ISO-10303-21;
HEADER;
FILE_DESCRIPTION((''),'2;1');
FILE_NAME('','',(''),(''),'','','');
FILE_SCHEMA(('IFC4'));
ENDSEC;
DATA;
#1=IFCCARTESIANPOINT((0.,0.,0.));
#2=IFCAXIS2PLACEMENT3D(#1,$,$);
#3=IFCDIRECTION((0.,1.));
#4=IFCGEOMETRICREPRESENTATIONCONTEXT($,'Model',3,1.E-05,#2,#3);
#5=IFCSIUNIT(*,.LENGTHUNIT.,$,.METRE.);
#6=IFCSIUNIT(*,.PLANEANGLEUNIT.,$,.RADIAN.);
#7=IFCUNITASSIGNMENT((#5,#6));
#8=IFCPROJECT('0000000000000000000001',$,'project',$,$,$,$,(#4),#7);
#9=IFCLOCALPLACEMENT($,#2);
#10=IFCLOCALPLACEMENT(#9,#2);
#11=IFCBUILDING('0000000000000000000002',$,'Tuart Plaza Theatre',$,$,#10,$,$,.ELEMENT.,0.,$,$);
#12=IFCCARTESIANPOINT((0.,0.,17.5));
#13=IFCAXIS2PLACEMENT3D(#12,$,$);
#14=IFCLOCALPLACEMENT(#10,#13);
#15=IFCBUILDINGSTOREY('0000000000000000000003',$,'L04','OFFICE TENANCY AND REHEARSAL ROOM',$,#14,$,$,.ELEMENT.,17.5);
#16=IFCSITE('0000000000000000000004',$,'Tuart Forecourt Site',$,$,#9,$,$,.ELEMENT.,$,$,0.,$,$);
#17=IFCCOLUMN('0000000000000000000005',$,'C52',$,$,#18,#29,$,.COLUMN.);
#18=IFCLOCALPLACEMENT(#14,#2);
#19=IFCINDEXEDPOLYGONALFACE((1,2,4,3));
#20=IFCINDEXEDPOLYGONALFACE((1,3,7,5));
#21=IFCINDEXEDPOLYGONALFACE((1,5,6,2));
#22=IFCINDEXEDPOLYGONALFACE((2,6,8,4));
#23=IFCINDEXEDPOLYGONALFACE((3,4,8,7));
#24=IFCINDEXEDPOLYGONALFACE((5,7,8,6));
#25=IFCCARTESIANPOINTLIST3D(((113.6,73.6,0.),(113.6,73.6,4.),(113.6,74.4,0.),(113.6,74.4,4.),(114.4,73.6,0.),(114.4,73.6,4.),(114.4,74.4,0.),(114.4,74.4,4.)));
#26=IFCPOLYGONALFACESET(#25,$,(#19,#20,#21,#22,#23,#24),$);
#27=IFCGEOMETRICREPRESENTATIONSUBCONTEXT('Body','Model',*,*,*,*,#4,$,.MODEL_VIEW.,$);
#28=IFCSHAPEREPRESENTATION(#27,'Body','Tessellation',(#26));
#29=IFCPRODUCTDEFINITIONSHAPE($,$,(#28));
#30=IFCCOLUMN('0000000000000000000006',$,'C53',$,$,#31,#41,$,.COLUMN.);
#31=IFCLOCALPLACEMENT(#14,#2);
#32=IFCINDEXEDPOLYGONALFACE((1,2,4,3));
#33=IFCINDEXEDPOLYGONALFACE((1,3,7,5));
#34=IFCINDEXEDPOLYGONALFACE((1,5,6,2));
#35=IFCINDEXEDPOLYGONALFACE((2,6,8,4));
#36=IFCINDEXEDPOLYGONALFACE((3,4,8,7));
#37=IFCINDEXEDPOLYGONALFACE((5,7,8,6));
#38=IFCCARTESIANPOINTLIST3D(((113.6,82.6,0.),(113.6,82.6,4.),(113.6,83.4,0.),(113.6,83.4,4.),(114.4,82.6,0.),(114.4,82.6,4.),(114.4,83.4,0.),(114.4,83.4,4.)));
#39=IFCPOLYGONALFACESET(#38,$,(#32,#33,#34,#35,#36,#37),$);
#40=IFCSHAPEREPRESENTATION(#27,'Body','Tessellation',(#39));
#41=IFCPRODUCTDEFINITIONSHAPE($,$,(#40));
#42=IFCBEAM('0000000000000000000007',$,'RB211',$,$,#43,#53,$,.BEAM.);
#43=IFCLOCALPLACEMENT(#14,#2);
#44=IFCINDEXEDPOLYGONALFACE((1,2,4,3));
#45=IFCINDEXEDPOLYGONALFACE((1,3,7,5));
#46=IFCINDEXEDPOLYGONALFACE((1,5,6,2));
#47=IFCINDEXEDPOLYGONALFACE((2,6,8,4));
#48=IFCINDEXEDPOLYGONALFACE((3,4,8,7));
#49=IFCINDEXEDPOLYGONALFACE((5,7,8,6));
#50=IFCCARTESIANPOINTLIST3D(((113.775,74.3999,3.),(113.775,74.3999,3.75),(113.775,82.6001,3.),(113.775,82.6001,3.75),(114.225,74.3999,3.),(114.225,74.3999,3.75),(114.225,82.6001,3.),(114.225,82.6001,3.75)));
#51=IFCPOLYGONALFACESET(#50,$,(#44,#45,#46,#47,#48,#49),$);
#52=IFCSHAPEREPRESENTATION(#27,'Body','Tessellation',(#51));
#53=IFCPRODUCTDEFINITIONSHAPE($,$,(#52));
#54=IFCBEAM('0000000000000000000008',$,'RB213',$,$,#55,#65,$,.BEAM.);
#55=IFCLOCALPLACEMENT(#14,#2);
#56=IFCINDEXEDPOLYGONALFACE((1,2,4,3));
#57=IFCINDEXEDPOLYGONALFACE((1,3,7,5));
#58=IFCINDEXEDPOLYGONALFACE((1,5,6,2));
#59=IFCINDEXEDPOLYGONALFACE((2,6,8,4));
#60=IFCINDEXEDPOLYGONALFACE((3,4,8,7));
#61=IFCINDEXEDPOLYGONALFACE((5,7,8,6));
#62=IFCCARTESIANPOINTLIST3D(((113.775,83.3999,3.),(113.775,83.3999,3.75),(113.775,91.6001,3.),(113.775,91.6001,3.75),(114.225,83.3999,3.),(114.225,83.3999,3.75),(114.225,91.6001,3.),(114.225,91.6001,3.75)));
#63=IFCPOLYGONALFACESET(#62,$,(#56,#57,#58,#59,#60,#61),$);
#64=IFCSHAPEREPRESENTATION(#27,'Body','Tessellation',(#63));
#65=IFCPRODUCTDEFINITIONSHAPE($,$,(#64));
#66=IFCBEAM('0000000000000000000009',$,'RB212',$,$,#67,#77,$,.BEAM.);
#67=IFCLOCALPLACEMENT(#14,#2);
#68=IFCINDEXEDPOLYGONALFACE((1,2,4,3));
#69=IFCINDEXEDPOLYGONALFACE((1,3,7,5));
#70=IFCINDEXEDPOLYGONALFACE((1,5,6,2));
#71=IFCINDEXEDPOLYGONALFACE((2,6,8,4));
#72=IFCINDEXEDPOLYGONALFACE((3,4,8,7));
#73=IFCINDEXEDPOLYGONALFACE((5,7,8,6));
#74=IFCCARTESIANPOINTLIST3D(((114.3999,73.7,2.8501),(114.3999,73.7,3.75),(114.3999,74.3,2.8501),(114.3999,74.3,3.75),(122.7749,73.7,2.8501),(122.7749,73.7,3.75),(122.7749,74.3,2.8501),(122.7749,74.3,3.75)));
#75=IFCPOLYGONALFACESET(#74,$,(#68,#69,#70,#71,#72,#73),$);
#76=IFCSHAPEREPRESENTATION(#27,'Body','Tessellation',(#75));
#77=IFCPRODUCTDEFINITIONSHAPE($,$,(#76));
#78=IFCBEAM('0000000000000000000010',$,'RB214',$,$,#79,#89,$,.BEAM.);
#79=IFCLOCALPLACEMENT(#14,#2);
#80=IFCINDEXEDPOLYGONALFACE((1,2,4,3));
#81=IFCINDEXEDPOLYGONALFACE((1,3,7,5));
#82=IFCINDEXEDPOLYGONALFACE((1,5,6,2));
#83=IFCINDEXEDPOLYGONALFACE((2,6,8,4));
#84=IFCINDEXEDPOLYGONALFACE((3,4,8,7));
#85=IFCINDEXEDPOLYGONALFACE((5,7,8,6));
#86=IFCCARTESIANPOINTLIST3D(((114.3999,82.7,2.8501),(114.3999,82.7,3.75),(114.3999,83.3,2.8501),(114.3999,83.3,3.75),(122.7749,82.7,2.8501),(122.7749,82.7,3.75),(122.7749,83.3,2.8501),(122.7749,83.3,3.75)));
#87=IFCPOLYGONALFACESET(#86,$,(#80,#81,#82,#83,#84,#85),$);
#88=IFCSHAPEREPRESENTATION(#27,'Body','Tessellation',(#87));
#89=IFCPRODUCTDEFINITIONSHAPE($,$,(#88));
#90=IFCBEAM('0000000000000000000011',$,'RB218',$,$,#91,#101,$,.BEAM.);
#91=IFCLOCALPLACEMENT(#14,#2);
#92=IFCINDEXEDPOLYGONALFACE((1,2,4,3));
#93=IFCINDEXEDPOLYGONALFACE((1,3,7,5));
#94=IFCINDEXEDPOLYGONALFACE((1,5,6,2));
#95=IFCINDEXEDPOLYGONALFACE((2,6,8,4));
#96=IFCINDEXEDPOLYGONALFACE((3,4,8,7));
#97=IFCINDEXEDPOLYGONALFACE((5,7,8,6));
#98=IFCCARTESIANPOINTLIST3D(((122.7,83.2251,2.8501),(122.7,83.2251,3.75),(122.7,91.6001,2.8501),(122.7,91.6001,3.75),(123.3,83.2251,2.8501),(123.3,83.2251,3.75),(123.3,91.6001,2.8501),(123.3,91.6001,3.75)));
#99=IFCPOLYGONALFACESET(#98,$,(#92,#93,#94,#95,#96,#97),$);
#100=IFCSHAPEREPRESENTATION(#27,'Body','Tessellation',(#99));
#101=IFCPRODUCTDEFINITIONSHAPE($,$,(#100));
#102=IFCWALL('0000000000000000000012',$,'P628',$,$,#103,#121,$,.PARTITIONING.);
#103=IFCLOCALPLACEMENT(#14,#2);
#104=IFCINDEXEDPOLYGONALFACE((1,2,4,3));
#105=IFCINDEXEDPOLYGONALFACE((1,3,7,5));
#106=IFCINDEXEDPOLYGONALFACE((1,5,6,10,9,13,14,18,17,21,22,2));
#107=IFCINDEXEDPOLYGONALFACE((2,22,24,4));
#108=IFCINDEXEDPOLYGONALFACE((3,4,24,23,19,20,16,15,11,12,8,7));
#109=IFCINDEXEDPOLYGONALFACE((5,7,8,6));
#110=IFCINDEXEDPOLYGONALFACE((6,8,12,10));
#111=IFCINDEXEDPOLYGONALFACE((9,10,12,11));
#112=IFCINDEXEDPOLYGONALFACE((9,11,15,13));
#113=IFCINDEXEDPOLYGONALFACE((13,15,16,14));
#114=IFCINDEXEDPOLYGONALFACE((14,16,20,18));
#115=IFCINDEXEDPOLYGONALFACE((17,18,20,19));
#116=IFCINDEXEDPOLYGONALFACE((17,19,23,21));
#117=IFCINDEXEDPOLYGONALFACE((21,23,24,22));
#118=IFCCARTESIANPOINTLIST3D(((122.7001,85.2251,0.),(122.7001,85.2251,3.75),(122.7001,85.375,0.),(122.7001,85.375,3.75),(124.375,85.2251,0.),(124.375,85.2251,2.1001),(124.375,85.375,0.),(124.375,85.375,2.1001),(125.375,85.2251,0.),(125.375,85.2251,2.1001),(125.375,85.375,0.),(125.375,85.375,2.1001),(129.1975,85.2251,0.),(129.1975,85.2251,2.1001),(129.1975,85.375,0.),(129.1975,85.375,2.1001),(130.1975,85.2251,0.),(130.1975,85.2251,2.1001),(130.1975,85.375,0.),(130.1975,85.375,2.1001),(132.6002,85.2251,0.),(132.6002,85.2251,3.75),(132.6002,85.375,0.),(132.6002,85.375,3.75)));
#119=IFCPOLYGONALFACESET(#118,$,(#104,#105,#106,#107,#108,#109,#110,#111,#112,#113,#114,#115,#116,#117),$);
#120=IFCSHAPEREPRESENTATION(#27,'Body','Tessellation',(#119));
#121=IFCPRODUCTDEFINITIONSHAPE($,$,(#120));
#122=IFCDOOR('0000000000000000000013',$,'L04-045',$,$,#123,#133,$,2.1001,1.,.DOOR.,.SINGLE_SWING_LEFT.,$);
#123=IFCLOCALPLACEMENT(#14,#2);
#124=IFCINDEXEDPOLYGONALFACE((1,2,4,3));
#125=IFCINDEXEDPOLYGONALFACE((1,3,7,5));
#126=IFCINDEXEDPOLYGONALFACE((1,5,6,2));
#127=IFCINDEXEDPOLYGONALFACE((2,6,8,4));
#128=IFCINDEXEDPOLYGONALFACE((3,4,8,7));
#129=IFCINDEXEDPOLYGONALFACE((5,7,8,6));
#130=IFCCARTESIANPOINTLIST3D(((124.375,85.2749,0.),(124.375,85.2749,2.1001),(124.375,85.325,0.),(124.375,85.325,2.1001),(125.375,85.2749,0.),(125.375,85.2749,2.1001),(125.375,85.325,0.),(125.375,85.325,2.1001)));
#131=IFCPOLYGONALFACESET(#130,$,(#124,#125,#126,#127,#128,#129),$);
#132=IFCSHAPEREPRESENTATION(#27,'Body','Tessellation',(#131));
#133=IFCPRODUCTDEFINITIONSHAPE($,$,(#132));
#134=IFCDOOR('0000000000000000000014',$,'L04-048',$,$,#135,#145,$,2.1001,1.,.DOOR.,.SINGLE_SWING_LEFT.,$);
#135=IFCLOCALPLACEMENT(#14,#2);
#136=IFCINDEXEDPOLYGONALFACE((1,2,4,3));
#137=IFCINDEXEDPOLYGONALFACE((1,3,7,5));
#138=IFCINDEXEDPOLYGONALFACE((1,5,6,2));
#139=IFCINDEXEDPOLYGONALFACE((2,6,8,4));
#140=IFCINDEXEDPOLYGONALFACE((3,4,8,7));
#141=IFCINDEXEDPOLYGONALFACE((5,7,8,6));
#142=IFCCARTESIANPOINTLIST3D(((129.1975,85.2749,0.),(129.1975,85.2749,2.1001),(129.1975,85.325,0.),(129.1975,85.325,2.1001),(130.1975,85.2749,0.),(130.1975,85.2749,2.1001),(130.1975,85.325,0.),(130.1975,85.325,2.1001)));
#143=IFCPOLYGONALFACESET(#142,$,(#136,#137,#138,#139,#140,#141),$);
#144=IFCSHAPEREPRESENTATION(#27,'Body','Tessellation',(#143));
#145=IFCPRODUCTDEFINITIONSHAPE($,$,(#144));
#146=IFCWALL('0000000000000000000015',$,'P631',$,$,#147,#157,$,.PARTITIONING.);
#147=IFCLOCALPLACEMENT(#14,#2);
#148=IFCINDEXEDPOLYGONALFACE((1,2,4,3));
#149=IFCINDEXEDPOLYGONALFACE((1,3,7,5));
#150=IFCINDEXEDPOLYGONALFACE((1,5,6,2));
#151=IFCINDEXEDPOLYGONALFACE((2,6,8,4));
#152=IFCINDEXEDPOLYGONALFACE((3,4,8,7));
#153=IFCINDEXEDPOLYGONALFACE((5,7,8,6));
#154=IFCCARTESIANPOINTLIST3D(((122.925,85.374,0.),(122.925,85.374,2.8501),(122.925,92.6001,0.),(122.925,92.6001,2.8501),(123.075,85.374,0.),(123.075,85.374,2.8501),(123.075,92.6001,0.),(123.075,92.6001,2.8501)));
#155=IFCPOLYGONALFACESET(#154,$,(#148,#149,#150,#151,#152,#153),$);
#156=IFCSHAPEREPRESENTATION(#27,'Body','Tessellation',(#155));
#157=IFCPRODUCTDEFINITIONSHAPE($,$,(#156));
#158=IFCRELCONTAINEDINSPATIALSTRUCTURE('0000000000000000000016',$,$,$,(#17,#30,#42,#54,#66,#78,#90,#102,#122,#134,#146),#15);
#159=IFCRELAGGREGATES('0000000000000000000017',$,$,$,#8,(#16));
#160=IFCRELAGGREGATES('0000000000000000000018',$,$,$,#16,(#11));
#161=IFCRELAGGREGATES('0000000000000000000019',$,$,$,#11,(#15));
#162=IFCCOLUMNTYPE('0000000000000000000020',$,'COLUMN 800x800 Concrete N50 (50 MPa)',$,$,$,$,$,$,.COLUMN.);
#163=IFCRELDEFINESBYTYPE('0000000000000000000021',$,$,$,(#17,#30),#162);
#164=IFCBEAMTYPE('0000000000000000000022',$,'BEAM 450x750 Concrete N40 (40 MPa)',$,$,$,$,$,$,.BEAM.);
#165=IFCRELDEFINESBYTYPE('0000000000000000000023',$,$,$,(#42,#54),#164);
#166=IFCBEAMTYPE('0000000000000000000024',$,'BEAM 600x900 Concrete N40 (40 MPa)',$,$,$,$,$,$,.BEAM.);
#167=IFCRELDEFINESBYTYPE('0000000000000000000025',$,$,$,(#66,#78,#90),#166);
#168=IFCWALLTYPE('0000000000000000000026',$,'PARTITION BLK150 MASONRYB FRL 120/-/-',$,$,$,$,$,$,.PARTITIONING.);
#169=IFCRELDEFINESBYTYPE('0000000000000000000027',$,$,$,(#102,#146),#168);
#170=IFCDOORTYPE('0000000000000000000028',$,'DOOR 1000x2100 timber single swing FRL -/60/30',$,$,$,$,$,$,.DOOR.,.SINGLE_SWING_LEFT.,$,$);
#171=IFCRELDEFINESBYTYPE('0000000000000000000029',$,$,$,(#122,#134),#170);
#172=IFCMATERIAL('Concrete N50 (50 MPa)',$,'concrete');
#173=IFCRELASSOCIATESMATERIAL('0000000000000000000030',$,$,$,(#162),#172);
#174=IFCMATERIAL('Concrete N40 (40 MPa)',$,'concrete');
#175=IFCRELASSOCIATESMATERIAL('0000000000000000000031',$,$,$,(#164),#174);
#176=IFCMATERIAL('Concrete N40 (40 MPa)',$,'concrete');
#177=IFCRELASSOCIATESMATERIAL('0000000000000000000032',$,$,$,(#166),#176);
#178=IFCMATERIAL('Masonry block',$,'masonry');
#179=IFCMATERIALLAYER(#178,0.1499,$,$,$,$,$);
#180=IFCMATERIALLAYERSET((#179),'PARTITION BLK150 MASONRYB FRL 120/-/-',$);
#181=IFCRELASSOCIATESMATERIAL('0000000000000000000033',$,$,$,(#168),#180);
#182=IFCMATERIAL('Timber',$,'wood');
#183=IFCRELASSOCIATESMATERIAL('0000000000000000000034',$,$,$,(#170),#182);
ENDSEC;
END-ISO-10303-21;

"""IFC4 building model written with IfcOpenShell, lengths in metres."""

from ifc_helpers import new_model, si_unit, direction, frame, frame_2d, origin, origin_2d, place, context, subcontext, project, spatial, rectangle, extrude, material, layer, layer_set, material_profile, profile_set, type_object, element, fill, save


model = new_model("IFC4")

# Units and contexts
model_context = context("Model", 3, precision=1e-05, world=origin(), true_north=direction((0.0, 1.0)))
body_context = subcontext(model_context, "Body", "Model", "MODEL_VIEW")
ifc_project = project(units=[si_unit("LENGTHUNIT", "METRE"), si_unit("PLANEANGLEUNIT", "RADIAN")], contexts=[model_context])

# Site, building, storey
site_placement = place(None, origin())
site = spatial("IfcSite", under=ifc_project, at=site_placement, Name="Tuart Forecourt Site", CompositionType="ELEMENT", RefElevation=0.0)
building_placement = place(site_placement, origin())
building = spatial("IfcBuilding", under=site, at=building_placement, Name="Tuart Plaza Theatre", CompositionType="ELEMENT", ElevationOfRefHeight=0.0)
storey_placement = place(building_placement, frame((0.0, 0.0, 17.5)))
storey = spatial("IfcBuildingStorey", under=building, at=storey_placement, Name="L04", Description="OFFICE TENANCY AND REHEARSAL ROOM", CompositionType="ELEMENT", Elevation=17.5)

# Columns
ifc_material_1 = material(Name="Concrete N50 (50 MPa)", Category="concrete")
ifc_material_profile_1 = material_profile(ifc_material_1, rectangle(XDim=0.8, YDim=0.8, at=origin_2d()), Name="COLUMN 800x800 Concrete N50 (50 MPa)")
ifc_profile_set_1 = profile_set([ifc_material_profile_1], Name="Concrete N50 (50 MPa)")
column_type = type_object("IfcColumnType", Name="COLUMN 800x800 Concrete N50 (50 MPa)", PredefinedType="COLUMN", material=ifc_profile_set_1)
for number, where, z_axis, x_axis, name in (
    (1, (114.0, 74.0, 0.0), (0.0, 0.0, 1.0), (1.0, 0.0, 0.0), "C52"),
    (2, (114.0, 83.0, 0.0), (0.0, 0.0, 1.0), (1.0, 0.0, 0.0), "C53"),
):
    element("IfcColumn", number, at=place(storey_placement, frame(where, z_axis=z_axis, x_axis=x_axis)), inside=storey, type_object=column_type, Name=name, PredefinedType="COLUMN", context=body_context, shape_type="SweptSolid", body=[
        extrude(rectangle(XDim=0.8, YDim=0.8, at=origin_2d()), origin(), (0.0, 0.0, 1.0), 4.0),
    ])

# Beams
ifc_material_2 = material(Name="Concrete N40 (40 MPa)", Category="concrete")
ifc_material_profile_2 = material_profile(ifc_material_2, rectangle(XDim=0.45, YDim=0.75, at=origin_2d()), Name="BEAM 450x750 Concrete N40 (40 MPa)")
ifc_profile_set_2 = profile_set([ifc_material_profile_2], Name="Concrete N40 (40 MPa)")
beam_type_1 = type_object("IfcBeamType", Name="BEAM 450x750 Concrete N40 (40 MPa)", PredefinedType="BEAM", material=ifc_profile_set_2)
for number, where, z_axis, x_axis, name in (
    (3, (114.0, 74.3999, 3.375), (0.0, 1.0, 0.0), (-1.0, 0.0, 0.0), "RB211"),
    (4, (114.0, 83.3999, 3.375), (0.0, 1.0, 0.0), (-1.0, 0.0, 0.0), "RB213"),
):
    element("IfcBeam", number, at=place(storey_placement, frame(where, z_axis=z_axis, x_axis=x_axis)), inside=storey, type_object=beam_type_1, Name=name, PredefinedType="BEAM", context=body_context, shape_type="SweptSolid", body=[
        extrude(rectangle(XDim=0.45, YDim=0.75, at=origin_2d()), origin(), (0.0, 0.0, 1.0), 8.2002),
    ])
ifc_material_3 = material(Name="Concrete N40 (40 MPa)", Category="concrete")
ifc_material_profile_3 = material_profile(ifc_material_3, rectangle(XDim=0.6001, YDim=0.8999, at=origin_2d()), Name="BEAM 600x900 Concrete N40 (40 MPa)")
ifc_profile_set_3 = profile_set([ifc_material_profile_3], Name="Concrete N40 (40 MPa)")
beam_type_2 = type_object("IfcBeamType", Name="BEAM 600x900 Concrete N40 (40 MPa)", PredefinedType="BEAM", material=ifc_profile_set_3)
for number, where, z_axis, x_axis, name in (
    (5, (114.3999, 74.0, 3.3), (1.0, 0.0, 0.0), (0.0, 1.0, 0.0), "RB212"),
    (6, (114.3999, 83.0, 3.3), (1.0, 0.0, 0.0), (0.0, 1.0, 0.0), "RB214"),
    (7, (123.0, 83.2251, 3.3), (0.0, 1.0, 0.0), (-1.0, 0.0, 0.0), "RB218"),
):
    element("IfcBeam", number, at=place(storey_placement, frame(where, z_axis=z_axis, x_axis=x_axis)), inside=storey, type_object=beam_type_2, Name=name, PredefinedType="BEAM", context=body_context, shape_type="SweptSolid", body=[
        extrude(rectangle(XDim=0.6001, YDim=0.8999, at=origin_2d()), origin(), (0.0, 0.0, 1.0), 8.375),
    ])

# Wall, openings, doors
ifc_material_4 = material(Name="Masonry block", Category="masonry")
ifc_layer_1 = layer(ifc_material_4, 0.1499)
ifc_layer_set_1 = layer_set([ifc_layer_1], Name="PARTITION BLK150 MASONRYB FRL 120/-/-")
wall_type_1 = type_object("IfcWallType", Name="PARTITION BLK150 MASONRYB FRL 120/-/-", PredefinedType="PARTITIONING", material=ifc_layer_set_1)
wall_1_placement = place(storey_placement, frame((122.7, 85.3, 0.0), z_axis=(0.0, 0.0, 1.0), x_axis=(1.0, 0.0, 0.0)))
wall_1 = element("IfcWall", 8, at=wall_1_placement, inside=storey, type_object=wall_type_1, Name="P628", PredefinedType="PARTITIONING", context=body_context, shape_type="SweptSolid", body=[
    extrude(rectangle(XDim=9.9001, YDim=0.1499, at=frame_2d((4.9502, 0.0))), origin(), (0.0, 0.0, 1.0), 3.75),
])
opening_1_placement = place(wall_1_placement, frame((1.675, 0.0, 0.0)))
opening_1 = element("IfcOpeningElement", 9, at=opening_1_placement, cuts=wall_1, PredefinedType="OPENING", context=body_context, shape_type="SweptSolid", body=[
    extrude(rectangle(XDim=1.0, YDim=2.1001, at=frame_2d((0.5, 1.05))), frame((0.0, 0.085, 0.0), z_axis=(0.0, -1.0, 0.0), x_axis=(1.0, 0.0, 0.0)), (0.0, 0.0, 1.0), 0.1699),
])
opening_2_placement = place(wall_1_placement, frame((6.4976, 0.0, 0.0)))
opening_2 = element("IfcOpeningElement", 10, at=opening_2_placement, cuts=wall_1, PredefinedType="OPENING", context=body_context, shape_type="SweptSolid", body=[
    extrude(rectangle(XDim=1.0, YDim=2.1001, at=frame_2d((0.5, 1.05))), frame((0.0, 0.085, 0.0), z_axis=(0.0, -1.0, 0.0), x_axis=(1.0, 0.0, 0.0)), (0.0, 0.0, 1.0), 0.1699),
])
ifc_material_5 = material(Name="Timber", Category="wood")
door_type_1 = type_object("IfcDoorType", Name="DOOR 1000x2100 timber single swing FRL -/60/30", OperationType="SINGLE_SWING_LEFT", PredefinedType="DOOR", material=ifc_material_5)
door_1_placement = place(opening_1_placement, origin())
door_1 = element("IfcDoor", 11, at=door_1_placement, inside=storey, type_object=door_type_1, Name="L04-045", OperationType="SINGLE_SWING_LEFT", OverallHeight=2.1001, OverallWidth=1.0, PredefinedType="DOOR", context=body_context, shape_type="SweptSolid", body=[
    extrude(rectangle(XDim=1.0, YDim=2.1001, at=frame_2d((0.5, 1.05))), frame((0.0, 0.0249, 0.0), z_axis=(0.0, -1.0, 0.0), x_axis=(1.0, 0.0, 0.0)), (0.0, 0.0, 1.0), 0.05),
])
fill(opening_1, door_1)
door_2_placement = place(opening_2_placement, origin())
door_2 = element("IfcDoor", 12, at=door_2_placement, inside=storey, type_object=door_type_1, Name="L04-048", OperationType="SINGLE_SWING_LEFT", OverallHeight=2.1001, OverallWidth=1.0, PredefinedType="DOOR", context=body_context, shape_type="SweptSolid", body=[
    extrude(rectangle(XDim=1.0, YDim=2.1001, at=frame_2d((0.5, 1.05))), frame((0.0, 0.0249, 0.0), z_axis=(0.0, -1.0, 0.0), x_axis=(1.0, 0.0, 0.0)), (0.0, 0.0, 1.0), 0.05),
])
fill(opening_2, door_2)

# Wall
wall_2_placement = place(storey_placement, frame((123.0, 85.374, 0.0), z_axis=(0.0, 0.0, 1.0), x_axis=(0.0, 1.0, 0.0)))
element("IfcWall", 13, at=wall_2_placement, inside=storey, type_object=wall_type_1, Name="P631", PredefinedType="PARTITIONING", context=body_context, shape_type="SweptSolid", body=[
    extrude(rectangle(XDim=7.2261, YDim=0.1499, at=frame_2d((3.613, 0.0))), origin(), (0.0, 0.0, 1.0), 2.8501),
])

save(model, "model.ifc")
